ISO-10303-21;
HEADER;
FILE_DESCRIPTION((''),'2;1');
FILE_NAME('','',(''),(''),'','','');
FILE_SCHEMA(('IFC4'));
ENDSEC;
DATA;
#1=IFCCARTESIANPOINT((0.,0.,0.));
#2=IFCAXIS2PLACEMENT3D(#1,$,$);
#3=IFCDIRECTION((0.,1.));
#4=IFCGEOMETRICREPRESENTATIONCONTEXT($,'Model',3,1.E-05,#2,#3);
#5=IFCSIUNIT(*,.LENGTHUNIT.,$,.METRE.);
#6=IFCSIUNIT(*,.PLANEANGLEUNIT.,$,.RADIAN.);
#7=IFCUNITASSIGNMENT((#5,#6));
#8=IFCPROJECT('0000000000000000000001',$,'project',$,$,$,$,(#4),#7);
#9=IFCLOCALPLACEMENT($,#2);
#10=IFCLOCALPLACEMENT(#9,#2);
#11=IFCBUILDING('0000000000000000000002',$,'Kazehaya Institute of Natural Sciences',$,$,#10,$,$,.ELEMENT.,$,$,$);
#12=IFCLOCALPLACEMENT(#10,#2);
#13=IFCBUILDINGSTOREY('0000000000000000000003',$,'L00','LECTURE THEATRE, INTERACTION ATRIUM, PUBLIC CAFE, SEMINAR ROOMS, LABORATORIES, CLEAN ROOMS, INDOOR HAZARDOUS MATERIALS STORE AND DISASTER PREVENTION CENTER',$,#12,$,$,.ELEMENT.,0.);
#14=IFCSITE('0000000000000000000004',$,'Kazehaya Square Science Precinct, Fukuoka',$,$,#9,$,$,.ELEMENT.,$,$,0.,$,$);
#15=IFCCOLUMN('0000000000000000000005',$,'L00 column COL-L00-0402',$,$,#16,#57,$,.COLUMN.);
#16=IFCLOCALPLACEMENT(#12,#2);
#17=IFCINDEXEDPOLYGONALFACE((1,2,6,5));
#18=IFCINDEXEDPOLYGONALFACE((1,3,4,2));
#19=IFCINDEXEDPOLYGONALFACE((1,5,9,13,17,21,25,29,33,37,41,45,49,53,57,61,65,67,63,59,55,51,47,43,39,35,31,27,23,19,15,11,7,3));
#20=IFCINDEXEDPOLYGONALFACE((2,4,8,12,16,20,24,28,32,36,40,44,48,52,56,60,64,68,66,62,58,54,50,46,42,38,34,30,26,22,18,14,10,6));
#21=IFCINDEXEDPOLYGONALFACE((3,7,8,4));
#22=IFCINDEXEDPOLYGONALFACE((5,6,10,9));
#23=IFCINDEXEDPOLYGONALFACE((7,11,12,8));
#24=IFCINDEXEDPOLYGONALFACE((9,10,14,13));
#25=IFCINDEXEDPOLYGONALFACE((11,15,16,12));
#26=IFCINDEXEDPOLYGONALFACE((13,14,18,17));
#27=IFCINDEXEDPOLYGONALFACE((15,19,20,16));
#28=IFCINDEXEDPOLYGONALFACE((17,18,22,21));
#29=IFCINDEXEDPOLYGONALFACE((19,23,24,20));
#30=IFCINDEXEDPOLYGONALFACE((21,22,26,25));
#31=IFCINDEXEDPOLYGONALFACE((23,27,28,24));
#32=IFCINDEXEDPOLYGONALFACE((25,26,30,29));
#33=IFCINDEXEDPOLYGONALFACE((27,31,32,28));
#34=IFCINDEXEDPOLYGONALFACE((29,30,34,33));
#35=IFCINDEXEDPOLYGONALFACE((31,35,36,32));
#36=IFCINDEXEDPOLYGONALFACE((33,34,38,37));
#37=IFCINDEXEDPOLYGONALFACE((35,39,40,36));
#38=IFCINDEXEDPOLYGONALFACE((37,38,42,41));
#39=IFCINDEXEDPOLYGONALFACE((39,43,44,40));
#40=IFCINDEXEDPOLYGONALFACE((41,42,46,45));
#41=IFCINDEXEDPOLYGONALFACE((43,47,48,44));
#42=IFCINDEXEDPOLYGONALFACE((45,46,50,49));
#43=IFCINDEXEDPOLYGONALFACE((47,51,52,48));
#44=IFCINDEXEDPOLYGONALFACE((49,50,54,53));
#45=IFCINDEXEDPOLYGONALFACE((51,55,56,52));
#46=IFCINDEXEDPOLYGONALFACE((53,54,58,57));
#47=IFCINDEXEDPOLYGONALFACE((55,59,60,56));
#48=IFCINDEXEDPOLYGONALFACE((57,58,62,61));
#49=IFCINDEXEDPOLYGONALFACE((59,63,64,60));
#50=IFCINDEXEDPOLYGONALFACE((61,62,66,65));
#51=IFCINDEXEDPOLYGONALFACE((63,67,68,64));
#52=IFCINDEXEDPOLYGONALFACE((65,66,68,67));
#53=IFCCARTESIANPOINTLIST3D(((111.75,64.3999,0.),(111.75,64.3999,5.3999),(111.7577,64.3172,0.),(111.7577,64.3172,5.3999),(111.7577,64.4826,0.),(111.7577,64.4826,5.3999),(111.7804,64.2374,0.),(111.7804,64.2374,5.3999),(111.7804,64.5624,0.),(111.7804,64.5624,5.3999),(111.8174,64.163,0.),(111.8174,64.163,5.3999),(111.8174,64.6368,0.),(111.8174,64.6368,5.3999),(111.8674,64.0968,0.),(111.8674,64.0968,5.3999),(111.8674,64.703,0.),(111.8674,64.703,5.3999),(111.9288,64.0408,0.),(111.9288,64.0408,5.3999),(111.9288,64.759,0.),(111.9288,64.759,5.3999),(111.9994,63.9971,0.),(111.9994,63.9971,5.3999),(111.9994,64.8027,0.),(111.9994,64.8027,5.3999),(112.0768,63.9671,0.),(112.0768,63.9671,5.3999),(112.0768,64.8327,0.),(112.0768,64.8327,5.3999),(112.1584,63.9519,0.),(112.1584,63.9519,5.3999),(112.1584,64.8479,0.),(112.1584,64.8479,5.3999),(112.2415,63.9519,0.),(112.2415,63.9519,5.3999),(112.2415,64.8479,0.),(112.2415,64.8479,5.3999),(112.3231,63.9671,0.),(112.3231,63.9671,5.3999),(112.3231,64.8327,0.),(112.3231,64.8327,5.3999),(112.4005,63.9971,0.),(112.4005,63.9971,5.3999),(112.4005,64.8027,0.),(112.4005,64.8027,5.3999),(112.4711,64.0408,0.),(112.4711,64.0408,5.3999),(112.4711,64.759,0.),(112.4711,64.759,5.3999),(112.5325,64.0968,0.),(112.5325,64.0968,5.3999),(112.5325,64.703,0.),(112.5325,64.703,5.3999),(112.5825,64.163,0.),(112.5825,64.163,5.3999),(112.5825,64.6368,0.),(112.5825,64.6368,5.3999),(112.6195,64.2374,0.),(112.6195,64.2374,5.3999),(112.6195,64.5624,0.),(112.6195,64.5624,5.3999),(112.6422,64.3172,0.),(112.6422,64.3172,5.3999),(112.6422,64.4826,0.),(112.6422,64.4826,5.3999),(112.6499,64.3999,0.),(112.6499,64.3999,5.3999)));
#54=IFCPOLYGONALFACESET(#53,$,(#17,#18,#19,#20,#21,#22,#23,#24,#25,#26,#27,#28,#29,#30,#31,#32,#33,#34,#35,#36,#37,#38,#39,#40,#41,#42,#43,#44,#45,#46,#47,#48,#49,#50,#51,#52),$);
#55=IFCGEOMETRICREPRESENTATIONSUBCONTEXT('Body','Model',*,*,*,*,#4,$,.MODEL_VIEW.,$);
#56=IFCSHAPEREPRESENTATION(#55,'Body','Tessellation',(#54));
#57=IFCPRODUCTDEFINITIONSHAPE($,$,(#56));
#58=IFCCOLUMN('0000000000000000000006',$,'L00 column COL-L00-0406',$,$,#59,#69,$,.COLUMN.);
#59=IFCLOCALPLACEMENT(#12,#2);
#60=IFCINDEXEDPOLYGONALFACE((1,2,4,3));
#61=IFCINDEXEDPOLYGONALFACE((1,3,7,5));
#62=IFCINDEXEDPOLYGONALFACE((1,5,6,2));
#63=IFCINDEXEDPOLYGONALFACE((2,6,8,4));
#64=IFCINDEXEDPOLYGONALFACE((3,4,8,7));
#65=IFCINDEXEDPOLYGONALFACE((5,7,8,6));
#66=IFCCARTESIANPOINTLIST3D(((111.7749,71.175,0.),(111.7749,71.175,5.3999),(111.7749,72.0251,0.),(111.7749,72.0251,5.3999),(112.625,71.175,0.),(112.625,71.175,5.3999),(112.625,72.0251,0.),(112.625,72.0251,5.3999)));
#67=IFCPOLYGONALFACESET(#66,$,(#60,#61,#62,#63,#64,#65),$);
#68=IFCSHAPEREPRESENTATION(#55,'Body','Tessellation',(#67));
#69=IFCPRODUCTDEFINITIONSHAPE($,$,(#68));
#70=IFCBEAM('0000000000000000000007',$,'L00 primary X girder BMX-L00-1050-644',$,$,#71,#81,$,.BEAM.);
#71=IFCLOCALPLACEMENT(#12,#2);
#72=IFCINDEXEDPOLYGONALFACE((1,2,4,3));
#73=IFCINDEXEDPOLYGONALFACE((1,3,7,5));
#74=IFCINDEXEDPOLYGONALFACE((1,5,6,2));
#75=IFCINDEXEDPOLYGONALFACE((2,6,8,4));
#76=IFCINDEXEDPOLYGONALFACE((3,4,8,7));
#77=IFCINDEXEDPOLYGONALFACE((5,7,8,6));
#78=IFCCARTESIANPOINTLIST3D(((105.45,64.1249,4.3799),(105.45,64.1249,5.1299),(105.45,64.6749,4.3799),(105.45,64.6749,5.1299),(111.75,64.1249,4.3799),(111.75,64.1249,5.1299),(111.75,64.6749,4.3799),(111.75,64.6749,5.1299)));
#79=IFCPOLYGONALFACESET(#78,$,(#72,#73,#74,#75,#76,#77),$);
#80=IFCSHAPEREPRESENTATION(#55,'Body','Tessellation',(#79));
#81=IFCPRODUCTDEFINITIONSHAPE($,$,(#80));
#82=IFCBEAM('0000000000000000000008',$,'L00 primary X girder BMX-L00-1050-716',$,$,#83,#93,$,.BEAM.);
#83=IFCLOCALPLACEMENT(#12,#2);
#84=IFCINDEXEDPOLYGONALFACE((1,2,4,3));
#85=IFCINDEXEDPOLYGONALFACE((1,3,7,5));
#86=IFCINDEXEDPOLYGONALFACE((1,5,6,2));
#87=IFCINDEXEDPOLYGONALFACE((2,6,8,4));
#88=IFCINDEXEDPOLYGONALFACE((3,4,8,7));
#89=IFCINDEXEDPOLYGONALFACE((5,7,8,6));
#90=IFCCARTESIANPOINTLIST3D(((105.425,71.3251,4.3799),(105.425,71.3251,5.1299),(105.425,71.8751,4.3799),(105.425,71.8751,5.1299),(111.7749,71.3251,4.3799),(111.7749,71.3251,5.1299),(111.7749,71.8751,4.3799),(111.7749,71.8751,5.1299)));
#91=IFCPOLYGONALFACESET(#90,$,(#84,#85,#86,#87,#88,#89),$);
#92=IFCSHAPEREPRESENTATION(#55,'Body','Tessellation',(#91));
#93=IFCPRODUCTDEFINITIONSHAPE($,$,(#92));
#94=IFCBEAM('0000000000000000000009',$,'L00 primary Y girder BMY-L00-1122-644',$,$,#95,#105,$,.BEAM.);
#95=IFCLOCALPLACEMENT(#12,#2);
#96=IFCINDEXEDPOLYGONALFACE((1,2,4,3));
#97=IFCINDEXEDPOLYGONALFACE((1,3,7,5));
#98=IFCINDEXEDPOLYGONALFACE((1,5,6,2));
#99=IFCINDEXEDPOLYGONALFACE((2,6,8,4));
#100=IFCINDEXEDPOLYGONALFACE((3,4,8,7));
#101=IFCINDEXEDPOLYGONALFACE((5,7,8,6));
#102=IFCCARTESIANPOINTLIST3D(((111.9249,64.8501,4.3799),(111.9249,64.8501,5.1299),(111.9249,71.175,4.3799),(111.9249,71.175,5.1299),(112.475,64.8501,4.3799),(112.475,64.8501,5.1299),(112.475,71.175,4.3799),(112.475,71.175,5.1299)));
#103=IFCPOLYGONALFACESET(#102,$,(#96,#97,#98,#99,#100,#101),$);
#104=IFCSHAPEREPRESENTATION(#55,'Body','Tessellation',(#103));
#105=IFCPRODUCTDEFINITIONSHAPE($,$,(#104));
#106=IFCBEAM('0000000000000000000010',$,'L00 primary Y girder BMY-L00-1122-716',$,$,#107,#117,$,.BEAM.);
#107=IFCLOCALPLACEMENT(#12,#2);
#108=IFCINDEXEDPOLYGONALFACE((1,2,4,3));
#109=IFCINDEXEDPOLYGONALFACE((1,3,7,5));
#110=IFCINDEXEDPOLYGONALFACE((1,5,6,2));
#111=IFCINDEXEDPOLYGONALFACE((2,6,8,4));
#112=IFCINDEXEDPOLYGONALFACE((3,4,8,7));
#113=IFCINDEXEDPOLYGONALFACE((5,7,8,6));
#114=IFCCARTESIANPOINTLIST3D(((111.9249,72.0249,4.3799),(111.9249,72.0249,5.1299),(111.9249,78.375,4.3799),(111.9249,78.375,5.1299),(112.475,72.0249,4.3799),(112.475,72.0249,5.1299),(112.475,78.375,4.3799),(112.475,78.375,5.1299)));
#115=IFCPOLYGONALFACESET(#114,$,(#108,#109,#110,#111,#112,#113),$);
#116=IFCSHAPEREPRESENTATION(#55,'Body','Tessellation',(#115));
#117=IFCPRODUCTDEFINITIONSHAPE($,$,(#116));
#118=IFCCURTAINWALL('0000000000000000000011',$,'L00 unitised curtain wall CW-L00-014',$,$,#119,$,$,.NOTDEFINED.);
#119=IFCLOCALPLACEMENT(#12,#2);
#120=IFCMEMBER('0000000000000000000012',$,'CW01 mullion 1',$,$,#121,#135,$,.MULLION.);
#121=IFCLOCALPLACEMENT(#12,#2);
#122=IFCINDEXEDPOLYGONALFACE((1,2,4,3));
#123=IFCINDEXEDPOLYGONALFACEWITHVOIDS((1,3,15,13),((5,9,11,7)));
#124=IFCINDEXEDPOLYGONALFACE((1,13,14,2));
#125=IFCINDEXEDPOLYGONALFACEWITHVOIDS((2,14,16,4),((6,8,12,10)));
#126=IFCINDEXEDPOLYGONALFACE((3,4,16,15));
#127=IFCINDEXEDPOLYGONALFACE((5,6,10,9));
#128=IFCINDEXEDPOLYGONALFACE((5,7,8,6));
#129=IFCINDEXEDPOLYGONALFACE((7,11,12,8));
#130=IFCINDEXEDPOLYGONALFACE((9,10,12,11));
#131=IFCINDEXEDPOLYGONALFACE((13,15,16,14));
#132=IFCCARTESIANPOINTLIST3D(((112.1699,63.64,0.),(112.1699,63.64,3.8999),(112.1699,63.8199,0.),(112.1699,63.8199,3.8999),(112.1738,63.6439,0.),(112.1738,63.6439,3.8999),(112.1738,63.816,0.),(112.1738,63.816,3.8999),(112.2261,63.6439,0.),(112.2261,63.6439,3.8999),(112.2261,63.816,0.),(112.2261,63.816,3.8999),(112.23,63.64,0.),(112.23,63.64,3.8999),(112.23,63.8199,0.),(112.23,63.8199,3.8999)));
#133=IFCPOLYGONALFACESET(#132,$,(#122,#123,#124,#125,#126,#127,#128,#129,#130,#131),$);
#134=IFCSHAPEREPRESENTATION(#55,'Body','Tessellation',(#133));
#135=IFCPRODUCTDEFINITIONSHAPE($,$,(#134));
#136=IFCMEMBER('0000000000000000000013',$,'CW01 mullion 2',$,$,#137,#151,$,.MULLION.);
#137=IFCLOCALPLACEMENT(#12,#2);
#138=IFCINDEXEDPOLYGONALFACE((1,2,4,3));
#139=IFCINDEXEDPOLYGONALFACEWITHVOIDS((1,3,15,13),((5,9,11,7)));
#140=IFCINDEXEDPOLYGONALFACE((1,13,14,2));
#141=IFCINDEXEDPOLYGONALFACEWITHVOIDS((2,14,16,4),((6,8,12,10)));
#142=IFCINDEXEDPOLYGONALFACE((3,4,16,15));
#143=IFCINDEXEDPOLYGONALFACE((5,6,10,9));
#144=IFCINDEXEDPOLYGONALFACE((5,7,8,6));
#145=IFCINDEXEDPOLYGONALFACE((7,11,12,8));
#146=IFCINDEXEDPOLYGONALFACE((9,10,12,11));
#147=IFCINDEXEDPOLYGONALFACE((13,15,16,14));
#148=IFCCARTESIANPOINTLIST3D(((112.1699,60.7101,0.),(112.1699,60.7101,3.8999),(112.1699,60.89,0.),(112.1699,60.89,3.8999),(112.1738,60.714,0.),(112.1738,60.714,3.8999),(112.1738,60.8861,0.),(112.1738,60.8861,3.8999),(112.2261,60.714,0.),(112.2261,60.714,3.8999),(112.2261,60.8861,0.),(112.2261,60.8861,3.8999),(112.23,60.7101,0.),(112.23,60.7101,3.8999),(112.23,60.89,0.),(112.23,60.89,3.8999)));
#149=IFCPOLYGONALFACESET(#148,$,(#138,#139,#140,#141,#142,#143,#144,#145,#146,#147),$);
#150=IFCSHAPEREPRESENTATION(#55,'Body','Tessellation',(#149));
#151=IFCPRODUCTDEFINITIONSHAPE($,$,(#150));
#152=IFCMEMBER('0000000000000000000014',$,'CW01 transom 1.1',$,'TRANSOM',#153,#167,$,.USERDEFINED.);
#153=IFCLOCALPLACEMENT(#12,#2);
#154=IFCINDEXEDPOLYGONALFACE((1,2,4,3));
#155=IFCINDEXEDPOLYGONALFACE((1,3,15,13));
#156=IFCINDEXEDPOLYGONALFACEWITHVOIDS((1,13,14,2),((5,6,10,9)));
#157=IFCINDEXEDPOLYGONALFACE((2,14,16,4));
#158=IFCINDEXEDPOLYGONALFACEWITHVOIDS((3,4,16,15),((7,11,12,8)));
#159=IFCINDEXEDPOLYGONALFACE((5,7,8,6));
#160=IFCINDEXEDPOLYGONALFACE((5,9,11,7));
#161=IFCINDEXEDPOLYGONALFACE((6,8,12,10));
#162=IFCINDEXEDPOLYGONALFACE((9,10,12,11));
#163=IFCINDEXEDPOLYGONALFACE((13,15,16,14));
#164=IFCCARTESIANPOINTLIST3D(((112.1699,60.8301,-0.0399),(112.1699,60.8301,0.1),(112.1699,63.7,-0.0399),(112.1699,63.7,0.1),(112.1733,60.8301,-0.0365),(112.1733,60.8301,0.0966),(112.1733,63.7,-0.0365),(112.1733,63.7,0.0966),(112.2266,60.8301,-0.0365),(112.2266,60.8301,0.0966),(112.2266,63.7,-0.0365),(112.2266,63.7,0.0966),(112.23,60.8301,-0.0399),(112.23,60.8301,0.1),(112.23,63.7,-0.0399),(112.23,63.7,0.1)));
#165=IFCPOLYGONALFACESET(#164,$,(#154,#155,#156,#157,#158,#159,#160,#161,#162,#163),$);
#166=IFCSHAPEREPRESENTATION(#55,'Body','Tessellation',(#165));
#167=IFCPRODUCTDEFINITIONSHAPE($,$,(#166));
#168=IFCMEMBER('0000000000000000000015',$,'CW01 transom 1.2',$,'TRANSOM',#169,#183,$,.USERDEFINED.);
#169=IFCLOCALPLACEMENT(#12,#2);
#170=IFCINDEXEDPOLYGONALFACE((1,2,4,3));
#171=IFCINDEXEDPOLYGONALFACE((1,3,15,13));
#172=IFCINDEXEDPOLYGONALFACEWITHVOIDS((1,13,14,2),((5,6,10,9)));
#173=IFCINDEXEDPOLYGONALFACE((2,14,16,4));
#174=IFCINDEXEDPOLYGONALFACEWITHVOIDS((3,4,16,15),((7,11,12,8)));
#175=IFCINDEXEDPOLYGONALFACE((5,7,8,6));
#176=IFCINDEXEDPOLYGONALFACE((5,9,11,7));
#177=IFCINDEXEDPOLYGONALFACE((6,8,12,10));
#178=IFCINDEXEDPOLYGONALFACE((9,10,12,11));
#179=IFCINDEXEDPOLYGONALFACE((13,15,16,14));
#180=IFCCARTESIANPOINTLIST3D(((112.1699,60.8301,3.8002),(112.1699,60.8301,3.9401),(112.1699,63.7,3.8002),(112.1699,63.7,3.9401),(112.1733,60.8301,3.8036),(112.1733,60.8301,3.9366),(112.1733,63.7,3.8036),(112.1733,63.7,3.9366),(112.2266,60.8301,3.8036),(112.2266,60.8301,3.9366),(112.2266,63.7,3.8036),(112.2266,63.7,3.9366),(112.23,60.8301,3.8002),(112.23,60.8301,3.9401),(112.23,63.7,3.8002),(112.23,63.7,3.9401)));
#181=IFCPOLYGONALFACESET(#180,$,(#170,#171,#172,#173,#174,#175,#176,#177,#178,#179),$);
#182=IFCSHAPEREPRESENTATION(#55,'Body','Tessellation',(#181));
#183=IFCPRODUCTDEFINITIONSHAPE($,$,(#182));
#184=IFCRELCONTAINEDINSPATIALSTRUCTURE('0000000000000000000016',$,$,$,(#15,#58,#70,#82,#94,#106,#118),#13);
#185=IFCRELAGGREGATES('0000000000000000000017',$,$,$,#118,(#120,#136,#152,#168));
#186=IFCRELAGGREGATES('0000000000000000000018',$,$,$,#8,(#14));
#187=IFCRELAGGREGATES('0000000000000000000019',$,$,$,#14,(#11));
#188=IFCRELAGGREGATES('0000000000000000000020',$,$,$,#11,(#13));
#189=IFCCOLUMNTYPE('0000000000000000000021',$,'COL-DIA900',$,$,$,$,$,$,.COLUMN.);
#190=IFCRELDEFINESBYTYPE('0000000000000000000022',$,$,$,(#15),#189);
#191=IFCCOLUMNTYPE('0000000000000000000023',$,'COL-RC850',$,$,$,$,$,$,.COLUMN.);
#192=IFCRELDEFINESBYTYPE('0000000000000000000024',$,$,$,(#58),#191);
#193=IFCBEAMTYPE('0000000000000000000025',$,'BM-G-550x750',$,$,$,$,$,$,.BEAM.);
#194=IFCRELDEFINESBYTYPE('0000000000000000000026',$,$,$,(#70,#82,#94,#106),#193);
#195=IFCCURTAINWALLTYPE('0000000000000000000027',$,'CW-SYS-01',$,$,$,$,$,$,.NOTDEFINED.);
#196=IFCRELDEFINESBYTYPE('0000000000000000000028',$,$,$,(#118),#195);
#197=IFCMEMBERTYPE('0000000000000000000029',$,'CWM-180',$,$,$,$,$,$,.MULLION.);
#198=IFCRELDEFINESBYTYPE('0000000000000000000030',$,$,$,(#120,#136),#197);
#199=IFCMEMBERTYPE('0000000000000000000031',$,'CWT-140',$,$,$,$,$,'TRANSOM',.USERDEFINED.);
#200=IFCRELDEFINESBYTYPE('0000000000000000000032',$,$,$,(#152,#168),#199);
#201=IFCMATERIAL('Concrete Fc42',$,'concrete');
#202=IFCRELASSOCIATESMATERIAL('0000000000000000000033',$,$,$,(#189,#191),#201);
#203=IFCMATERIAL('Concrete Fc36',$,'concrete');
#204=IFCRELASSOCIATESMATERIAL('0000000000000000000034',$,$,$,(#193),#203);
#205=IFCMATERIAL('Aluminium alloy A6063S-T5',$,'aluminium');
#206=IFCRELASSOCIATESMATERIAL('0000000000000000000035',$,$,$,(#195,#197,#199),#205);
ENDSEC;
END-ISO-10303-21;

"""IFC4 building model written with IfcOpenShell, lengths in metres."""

from ifc_helpers import new_model, si_unit, direction, frame, origin, origin_2d, place, context, subcontext, project, spatial, rectangle, hollow_rectangle, circle, extrude, material, material_profile, profile_set, type_object, element, aggregate, save


model = new_model("IFC4")

# Units and contexts
model_context = context("Model", 3, precision=1e-05, world=origin(), true_north=direction((0.0, 1.0)))
body_context = subcontext(model_context, "Body", "Model", "MODEL_VIEW")
ifc_project = project(units=[si_unit("LENGTHUNIT", "METRE"), si_unit("PLANEANGLEUNIT", "RADIAN")], contexts=[model_context])

# Site, building, storey
site_placement = place(None, origin())
site = spatial("IfcSite", under=ifc_project, at=site_placement, Name="Kazehaya Square Science Precinct, Fukuoka", CompositionType="ELEMENT", RefElevation=0.0)
building_placement = place(site_placement, origin())
building = spatial("IfcBuilding", under=site, at=building_placement, Name="Kazehaya Institute of Natural Sciences", CompositionType="ELEMENT")
storey_placement = place(building_placement, origin())
storey = spatial("IfcBuildingStorey", under=building, at=storey_placement, Name="L00", Description="LECTURE THEATRE, INTERACTION ATRIUM, PUBLIC CAFE, SEMINAR ROOMS, LABORATORIES, CLEAN ROOMS, INDOOR HAZARDOUS MATERIALS STORE AND DISASTER PREVENTION CENTER", CompositionType="ELEMENT", Elevation=0.0)

# Columns
ifc_material_1 = material(Name="Concrete Fc42", Category="concrete")
ifc_material_profile_1 = material_profile(ifc_material_1, circle(Radius=0.45, at=origin_2d()), Name="RC-DIA900")
ifc_profile_set_1 = profile_set([ifc_material_profile_1], Name="Concrete Fc42")
column_type_1 = type_object("IfcColumnType", Name="COL-DIA900", PredefinedType="COLUMN", material=ifc_profile_set_1)
column_1_placement = place(storey_placement, frame((112.2, 64.3999, 0.0), z_axis=(0.0, 0.0, 1.0), x_axis=(1.0, 0.0, 0.0)))
element("IfcColumn", 1, at=column_1_placement, inside=storey, type_object=column_type_1, Name="L00 column COL-L00-0402", PredefinedType="COLUMN", context=body_context, shape_type="SweptSolid", body=[
    extrude(circle(Radius=0.45, at=origin_2d()), origin(), (0.0, 0.0, 1.0), 5.3999),
])
ifc_material_profile_2 = material_profile(ifc_material_1, rectangle(XDim=0.8501, YDim=0.8501, at=origin_2d()), Name="RC-850x850")
ifc_profile_set_2 = profile_set([ifc_material_profile_2], Name="Concrete Fc42")
column_type_2 = type_object("IfcColumnType", Name="COL-RC850", PredefinedType="COLUMN", material=ifc_profile_set_2)
column_2_placement = place(storey_placement, frame((112.2, 71.6001, 0.0), z_axis=(0.0, 0.0, 1.0), x_axis=(1.0, 0.0, 0.0)))
element("IfcColumn", 2, at=column_2_placement, inside=storey, type_object=column_type_2, Name="L00 column COL-L00-0406", PredefinedType="COLUMN", context=body_context, shape_type="SweptSolid", body=[
    extrude(rectangle(XDim=0.8501, YDim=0.8501, at=origin_2d()), origin(), (0.0, 0.0, 1.0), 5.3999),
])

# Beams
ifc_material_2 = material(Name="Concrete Fc36", Category="concrete")
ifc_material_profile_3 = material_profile(ifc_material_2, rectangle(XDim=0.55, YDim=0.75, at=origin_2d()), Name="RC-550x750")
ifc_profile_set_3 = profile_set([ifc_material_profile_3], Name="Concrete Fc36")
beam_type = type_object("IfcBeamType", Name="BM-G-550x750", PredefinedType="BEAM", material=ifc_profile_set_3)
beam_1_placement = place(storey_placement, frame((105.45, 64.3999, 4.7549), z_axis=(1.0, 0.0, 0.0), x_axis=(0.0, 1.0, 0.0)))
element("IfcBeam", 3, at=beam_1_placement, inside=storey, type_object=beam_type, Name="L00 primary X girder BMX-L00-1050-644", PredefinedType="BEAM", context=body_context, shape_type="SweptSolid", body=[
    extrude(rectangle(XDim=0.55, YDim=0.75, at=origin_2d()), origin(), (0.0, 0.0, 1.0), 6.3),
])
beam_2_placement = place(storey_placement, frame((105.425, 71.6001, 4.7549), z_axis=(1.0, 0.0, 0.0), x_axis=(0.0, 1.0, 0.0)))
element("IfcBeam", 4, at=beam_2_placement, inside=storey, type_object=beam_type, Name="L00 primary X girder BMX-L00-1050-716", PredefinedType="BEAM", context=body_context, shape_type="SweptSolid", body=[
    extrude(rectangle(XDim=0.55, YDim=0.75, at=origin_2d()), origin(), (0.0, 0.0, 1.0), 6.3499),
])
beam_3_placement = place(storey_placement, frame((112.2, 64.8501, 4.7549), z_axis=(0.0, 1.0, 0.0), x_axis=(-1.0, 0.0, 0.0)))
element("IfcBeam", 5, at=beam_3_placement, inside=storey, type_object=beam_type, Name="L00 primary Y girder BMY-L00-1122-644", PredefinedType="BEAM", context=body_context, shape_type="SweptSolid", body=[
    extrude(rectangle(XDim=0.55, YDim=0.75, at=origin_2d()), origin(), (0.0, 0.0, 1.0), 6.325),
])
beam_4_placement = place(storey_placement, frame((112.2, 72.0249, 4.7549), z_axis=(0.0, 1.0, 0.0), x_axis=(-1.0, 0.0, 0.0)))
element("IfcBeam", 6, at=beam_4_placement, inside=storey, type_object=beam_type, Name="L00 primary Y girder BMY-L00-1122-716", PredefinedType="BEAM", context=body_context, shape_type="SweptSolid", body=[
    extrude(rectangle(XDim=0.55, YDim=0.75, at=origin_2d()), origin(), (0.0, 0.0, 1.0), 6.3501),
])

# Curtain wall, members
ifc_material_3 = material(Name="Aluminium alloy A6063S-T5", Category="aluminium")
curtain_wall_type = type_object("IfcCurtainWallType", Name="CW-SYS-01", PredefinedType="NOTDEFINED", material=ifc_material_3)
curtain_wall_placement = place(storey_placement, origin())
curtain_wall = element("IfcCurtainWall", 7, at=curtain_wall_placement, inside=storey, type_object=curtain_wall_type, Name="L00 unitised curtain wall CW-L00-014", PredefinedType="NOTDEFINED")
ifc_material_profile_4 = material_profile(ifc_material_3, hollow_rectangle(XDim=0.0601, YDim=0.1799, WallThickness=0.0039, at=origin_2d()), Name="ALU-60x180x4")
ifc_profile_set_4 = profile_set([ifc_material_profile_4], Name="Aluminium alloy A6063S-T5")
member_type_1 = type_object("IfcMemberType", Name="CWM-180", PredefinedType="MULLION", material=ifc_profile_set_4)
member_1_placement = place(storey_placement, frame((112.2, 63.73, 0.0), z_axis=(0.0, 0.0, 1.0), x_axis=(1.0, 0.0, 0.0)))
member_1 = element("IfcMember", 8, at=member_1_placement, type_object=member_type_1, Name="CW01 mullion 1", PredefinedType="MULLION", context=body_context, shape_type="SweptSolid", body=[
    extrude(hollow_rectangle(XDim=0.0601, YDim=0.1799, WallThickness=0.0039, at=origin_2d()), origin(), (0.0, 0.0, 1.0), 3.8999),
])
member_2_placement = place(storey_placement, frame((112.2, 60.8, 0.0), z_axis=(0.0, 0.0, 1.0), x_axis=(1.0, 0.0, 0.0)))
member_2 = element("IfcMember", 9, at=member_2_placement, type_object=member_type_1, Name="CW01 mullion 2", PredefinedType="MULLION", context=body_context, shape_type="SweptSolid", body=[
    extrude(hollow_rectangle(XDim=0.0601, YDim=0.1799, WallThickness=0.0039, at=origin_2d()), origin(), (0.0, 0.0, 1.0), 3.8999),
])
ifc_material_profile_5 = material_profile(ifc_material_3, hollow_rectangle(XDim=0.0601, YDim=0.1399, WallThickness=0.0034, at=origin_2d()), Name="ALU-60x140x3.5")
ifc_profile_set_5 = profile_set([ifc_material_profile_5], Name="Aluminium alloy A6063S-T5")
member_type_2 = type_object("IfcMemberType", Name="CWT-140", ElementType="TRANSOM", PredefinedType="USERDEFINED", material=ifc_profile_set_5)
member_3_placement = place(storey_placement, frame((112.2, 63.7, 0.03), z_axis=(0.0, -1.0, 0.0), x_axis=(1.0, 0.0, 0.0)))
member_3 = element("IfcMember", 10, at=member_3_placement, type_object=member_type_2, Name="CW01 transom 1.1", ObjectType="TRANSOM", PredefinedType="USERDEFINED", context=body_context, shape_type="SweptSolid", body=[
    extrude(hollow_rectangle(XDim=0.0601, YDim=0.1399, WallThickness=0.0034, at=origin_2d()), origin(), (0.0, 0.0, 1.0), 2.8699),
])
member_4_placement = place(storey_placement, frame((112.2, 63.7, 3.8701), z_axis=(0.0, -1.0, 0.0), x_axis=(1.0, 0.0, 0.0)))
member_4 = element("IfcMember", 11, at=member_4_placement, type_object=member_type_2, Name="CW01 transom 1.2", ObjectType="TRANSOM", PredefinedType="USERDEFINED", context=body_context, shape_type="SweptSolid", body=[
    extrude(hollow_rectangle(XDim=0.0601, YDim=0.1399, WallThickness=0.0034, at=origin_2d()), origin(), (0.0, 0.0, 1.0), 2.8699),
])
aggregate(curtain_wall, [member_1, member_2, member_3, member_4])

save(model, "model.ifc")
